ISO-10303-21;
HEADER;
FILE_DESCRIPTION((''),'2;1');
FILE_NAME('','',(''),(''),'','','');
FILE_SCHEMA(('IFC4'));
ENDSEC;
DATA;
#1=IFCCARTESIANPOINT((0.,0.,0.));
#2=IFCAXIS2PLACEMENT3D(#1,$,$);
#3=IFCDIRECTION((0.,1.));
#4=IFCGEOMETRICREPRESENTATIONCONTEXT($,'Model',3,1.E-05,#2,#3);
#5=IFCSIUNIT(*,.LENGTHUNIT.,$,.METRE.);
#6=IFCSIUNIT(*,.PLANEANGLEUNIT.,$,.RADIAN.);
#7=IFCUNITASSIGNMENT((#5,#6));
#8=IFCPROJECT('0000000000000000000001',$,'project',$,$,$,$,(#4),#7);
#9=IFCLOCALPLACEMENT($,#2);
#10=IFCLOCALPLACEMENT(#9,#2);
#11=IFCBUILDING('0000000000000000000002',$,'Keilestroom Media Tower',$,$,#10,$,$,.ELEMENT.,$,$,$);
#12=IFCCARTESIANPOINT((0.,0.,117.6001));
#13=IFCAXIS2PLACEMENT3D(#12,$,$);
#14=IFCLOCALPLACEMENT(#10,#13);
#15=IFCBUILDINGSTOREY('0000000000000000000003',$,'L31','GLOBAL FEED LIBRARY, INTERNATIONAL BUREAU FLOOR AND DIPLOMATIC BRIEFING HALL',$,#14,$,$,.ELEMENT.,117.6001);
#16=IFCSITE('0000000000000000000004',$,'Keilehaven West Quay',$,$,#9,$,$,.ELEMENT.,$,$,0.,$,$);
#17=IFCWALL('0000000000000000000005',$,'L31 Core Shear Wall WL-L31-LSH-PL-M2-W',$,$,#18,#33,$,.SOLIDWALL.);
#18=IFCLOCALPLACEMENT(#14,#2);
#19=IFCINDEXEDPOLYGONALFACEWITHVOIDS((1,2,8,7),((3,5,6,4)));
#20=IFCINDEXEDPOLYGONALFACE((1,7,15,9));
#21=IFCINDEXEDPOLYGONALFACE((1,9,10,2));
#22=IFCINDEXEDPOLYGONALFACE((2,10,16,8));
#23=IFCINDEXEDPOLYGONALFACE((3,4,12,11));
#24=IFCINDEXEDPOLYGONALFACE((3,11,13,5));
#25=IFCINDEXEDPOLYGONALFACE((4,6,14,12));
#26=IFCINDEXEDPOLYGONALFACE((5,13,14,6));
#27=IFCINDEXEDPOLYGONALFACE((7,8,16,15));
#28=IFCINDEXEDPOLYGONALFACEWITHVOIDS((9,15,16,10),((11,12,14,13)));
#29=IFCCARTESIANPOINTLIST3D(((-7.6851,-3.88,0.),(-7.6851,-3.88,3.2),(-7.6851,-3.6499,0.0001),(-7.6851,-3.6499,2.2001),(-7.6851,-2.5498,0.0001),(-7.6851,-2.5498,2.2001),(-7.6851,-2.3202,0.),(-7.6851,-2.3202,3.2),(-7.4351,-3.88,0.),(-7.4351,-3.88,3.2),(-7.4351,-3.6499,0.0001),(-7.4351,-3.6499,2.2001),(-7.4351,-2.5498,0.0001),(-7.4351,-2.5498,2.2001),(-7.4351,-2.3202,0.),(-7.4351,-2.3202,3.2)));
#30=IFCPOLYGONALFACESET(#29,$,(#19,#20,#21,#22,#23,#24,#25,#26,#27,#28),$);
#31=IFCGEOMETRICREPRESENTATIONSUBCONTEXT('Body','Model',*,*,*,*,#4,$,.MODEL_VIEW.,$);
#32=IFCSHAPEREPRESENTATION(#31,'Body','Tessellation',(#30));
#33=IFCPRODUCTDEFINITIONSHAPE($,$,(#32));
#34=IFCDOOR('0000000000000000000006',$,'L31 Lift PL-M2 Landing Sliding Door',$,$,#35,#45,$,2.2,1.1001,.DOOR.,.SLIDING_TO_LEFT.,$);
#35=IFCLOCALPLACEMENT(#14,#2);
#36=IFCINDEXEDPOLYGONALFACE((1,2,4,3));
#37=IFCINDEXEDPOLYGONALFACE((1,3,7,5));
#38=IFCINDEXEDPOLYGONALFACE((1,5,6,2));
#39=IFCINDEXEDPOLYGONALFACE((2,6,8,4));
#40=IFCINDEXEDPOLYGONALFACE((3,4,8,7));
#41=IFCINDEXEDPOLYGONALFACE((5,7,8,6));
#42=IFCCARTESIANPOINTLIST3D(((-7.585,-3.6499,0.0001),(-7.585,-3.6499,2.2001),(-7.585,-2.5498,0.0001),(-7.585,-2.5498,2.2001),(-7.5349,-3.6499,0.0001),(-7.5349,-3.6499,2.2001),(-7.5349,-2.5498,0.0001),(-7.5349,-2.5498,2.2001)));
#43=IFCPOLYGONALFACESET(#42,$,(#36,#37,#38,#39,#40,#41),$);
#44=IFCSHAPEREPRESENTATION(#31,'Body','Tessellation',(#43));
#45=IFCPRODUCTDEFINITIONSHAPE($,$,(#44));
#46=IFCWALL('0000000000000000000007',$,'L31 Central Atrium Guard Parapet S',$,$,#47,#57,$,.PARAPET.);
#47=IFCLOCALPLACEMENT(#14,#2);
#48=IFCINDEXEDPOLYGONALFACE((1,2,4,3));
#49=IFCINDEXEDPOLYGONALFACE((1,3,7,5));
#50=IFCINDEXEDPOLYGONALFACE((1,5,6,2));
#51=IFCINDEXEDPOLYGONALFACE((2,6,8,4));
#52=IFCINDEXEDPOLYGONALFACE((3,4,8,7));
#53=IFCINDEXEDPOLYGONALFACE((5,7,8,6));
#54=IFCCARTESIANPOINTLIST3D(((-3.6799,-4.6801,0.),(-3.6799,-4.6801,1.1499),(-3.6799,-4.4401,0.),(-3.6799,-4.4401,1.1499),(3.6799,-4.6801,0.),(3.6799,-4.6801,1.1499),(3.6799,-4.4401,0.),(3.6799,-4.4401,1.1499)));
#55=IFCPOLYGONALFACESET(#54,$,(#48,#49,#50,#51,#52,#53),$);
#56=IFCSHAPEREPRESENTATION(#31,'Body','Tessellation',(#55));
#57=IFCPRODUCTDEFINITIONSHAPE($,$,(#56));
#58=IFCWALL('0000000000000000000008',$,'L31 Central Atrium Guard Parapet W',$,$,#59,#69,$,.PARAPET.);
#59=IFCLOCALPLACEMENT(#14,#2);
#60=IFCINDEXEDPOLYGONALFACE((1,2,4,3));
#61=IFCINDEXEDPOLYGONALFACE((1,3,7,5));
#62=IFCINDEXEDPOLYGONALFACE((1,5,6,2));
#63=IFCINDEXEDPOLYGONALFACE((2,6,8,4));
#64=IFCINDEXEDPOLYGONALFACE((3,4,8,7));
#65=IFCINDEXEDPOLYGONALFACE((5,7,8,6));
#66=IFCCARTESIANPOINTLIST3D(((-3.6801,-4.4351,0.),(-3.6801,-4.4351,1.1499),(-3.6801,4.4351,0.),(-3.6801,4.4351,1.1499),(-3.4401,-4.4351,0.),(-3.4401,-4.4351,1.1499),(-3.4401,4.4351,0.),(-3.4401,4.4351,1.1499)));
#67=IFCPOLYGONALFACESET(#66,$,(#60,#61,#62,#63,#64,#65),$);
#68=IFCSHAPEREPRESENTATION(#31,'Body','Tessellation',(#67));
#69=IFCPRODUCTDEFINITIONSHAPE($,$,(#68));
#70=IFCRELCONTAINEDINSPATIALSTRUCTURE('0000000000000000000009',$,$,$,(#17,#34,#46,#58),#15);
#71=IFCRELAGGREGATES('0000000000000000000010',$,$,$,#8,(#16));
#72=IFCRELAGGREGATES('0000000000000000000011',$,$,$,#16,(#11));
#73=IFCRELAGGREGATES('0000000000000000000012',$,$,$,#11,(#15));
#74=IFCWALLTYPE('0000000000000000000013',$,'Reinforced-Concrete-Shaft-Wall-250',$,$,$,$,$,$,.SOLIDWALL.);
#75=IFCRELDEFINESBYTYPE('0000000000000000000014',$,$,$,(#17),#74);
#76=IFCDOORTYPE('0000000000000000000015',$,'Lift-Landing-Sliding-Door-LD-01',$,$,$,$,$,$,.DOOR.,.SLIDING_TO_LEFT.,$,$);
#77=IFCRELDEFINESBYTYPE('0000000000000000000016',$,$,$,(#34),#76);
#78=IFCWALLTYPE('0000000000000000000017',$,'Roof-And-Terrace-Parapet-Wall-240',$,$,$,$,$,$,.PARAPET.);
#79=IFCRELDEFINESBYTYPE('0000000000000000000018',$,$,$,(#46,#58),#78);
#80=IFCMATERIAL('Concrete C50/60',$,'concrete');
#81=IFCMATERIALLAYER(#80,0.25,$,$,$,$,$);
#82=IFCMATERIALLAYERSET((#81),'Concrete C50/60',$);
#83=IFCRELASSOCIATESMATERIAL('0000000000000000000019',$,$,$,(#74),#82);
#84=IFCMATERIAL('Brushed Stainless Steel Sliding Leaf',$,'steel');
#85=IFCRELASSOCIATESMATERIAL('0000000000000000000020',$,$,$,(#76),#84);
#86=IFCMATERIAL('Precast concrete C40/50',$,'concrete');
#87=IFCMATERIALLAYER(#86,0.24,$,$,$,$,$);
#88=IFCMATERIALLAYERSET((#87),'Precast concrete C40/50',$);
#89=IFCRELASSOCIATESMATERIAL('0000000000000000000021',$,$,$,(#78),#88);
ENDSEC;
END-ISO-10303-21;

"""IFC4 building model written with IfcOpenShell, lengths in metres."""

from ifc_helpers import new_model, si_unit, direction, frame, frame_2d, origin, place, context, subcontext, project, spatial, rectangle, extrude, source, transform, mapped, material, layer, layer_set, type_object, element, fill, save


model = new_model("IFC4")

# Units and contexts
model_context = context("Model", 3, precision=1e-05, world=origin(), true_north=direction((0.0, 1.0)))
body_context = subcontext(model_context, "Body", "Model", "MODEL_VIEW")
ifc_project = project(units=[si_unit("LENGTHUNIT", "METRE"), si_unit("PLANEANGLEUNIT", "RADIAN")], contexts=[model_context])

# Site, building, storey
site_placement = place(None, origin())
site = spatial("IfcSite", under=ifc_project, at=site_placement, Name="Keilehaven West Quay", CompositionType="ELEMENT", RefElevation=0.0)
building_placement = place(site_placement, origin())
building = spatial("IfcBuilding", under=site, at=building_placement, Name="Keilestroom Media Tower", CompositionType="ELEMENT")
storey_placement = place(building_placement, frame((0.0, 0.0, 117.6001)))
storey = spatial("IfcBuildingStorey", under=building, at=storey_placement, Name="L31", Description="GLOBAL FEED LIBRARY, INTERNATIONAL BUREAU FLOOR AND DIPLOMATIC BRIEFING HALL", CompositionType="ELEMENT", Elevation=117.6001)

# Shared definitions
ifc_material_1 = material(Name="Precast concrete C40/50", Category="concrete")

# Shared definitions
ifc_material_2 = material(Name="Concrete C50/60", Category="concrete")
ifc_layer_1 = layer(ifc_material_2, 0.25)
ifc_layer_set_1 = layer_set([ifc_layer_1], Name="Concrete C50/60")
wall_type_1 = type_object("IfcWallType", Name="Reinforced-Concrete-Shaft-Wall-250", PredefinedType="SOLIDWALL", material=ifc_layer_set_1)

# Shared definitions
ifc_material_3 = material(Name="Brushed Stainless Steel Sliding Leaf", Category="steel")

# Shared definitions
door_type_1 = type_object("IfcDoorType", Name="Lift-Landing-Sliding-Door-LD-01", OperationType="SLIDING_TO_LEFT", PredefinedType="DOOR", material=ifc_material_3)
shared_shape_1 = source(origin(), body_context, "Body", "SweptSolid", [
    extrude(rectangle(XDim=1.1001, YDim=2.2, at=frame_2d((0.55, 1.1001))), frame((0.0, 0.0249, 0.0), z_axis=(0.0, -1.0, 0.0), x_axis=(1.0, 0.0, 0.0)), (0.0, 0.0, 1.0), 0.05),
])

# Wall, opening, door
wall_1_placement = place(storey_placement, frame((-7.5601, -3.8799, 0.0), z_axis=(0.0, 0.0, 1.0), x_axis=(0.0, 1.0, 0.0)))
wall_1 = element("IfcWall", 1, at=wall_1_placement, inside=storey, type_object=wall_type_1, Name="L31 Core Shear Wall WL-L31-LSH-PL-M2-W", PredefinedType="SOLIDWALL", context=body_context, shape_type="SweptSolid", body=[
    extrude(rectangle(XDim=1.5598, YDim=0.25, at=frame_2d((0.7798, 0.0))), origin(), (0.0, 0.0, 1.0), 3.2),
])
opening_1_placement = place(wall_1_placement, frame((0.23, 0.0, 0.0)))
opening_1 = element("IfcOpeningElement", 2, at=opening_1_placement, cuts=wall_1, PredefinedType="OPENING", context=body_context, shape_type="SweptSolid", body=[
    extrude(rectangle(XDim=1.1001, YDim=2.2, at=frame_2d((0.55, 1.1001))), frame((0.0, 0.135, 0.0), z_axis=(0.0, -1.0, 0.0), x_axis=(1.0, 0.0, 0.0)), (0.0, 0.0, 1.0), 0.27),
])
door_1_placement = place(opening_1_placement, origin())
door_1 = element("IfcDoor", 3, at=door_1_placement, inside=storey, type_object=door_type_1, Name="L31 Lift PL-M2 Landing Sliding Door", OperationType="SLIDING_TO_LEFT", OverallHeight=2.2, OverallWidth=1.1001, PredefinedType="DOOR", context=body_context, shape_type="MappedRepresentation", body=[
    mapped(shared_shape_1, transform((0.0, 0.0, 0.0), x_axis=(1.0, 0.0, 0.0), y_axis=(0.0, 1.0, 0.0), z_axis=(0.0, 0.0, 1.0), scale=1.0)),
])
fill(opening_1, door_1)

# Walls
ifc_layer_2 = layer(ifc_material_1, 0.24)
ifc_layer_set_2 = layer_set([ifc_layer_2], Name="Precast concrete C40/50")
wall_type_2 = type_object("IfcWallType", Name="Roof-And-Terrace-Parapet-Wall-240", PredefinedType="PARAPET", material=ifc_layer_set_2)
wall_2_placement = place(storey_placement, frame((-3.6799, -4.5601, 0.0), z_axis=(0.0, 0.0, 1.0), x_axis=(1.0, 0.0, 0.0)))
element("IfcWall", 4, at=wall_2_placement, inside=storey, type_object=wall_type_2, Name="L31 Central Atrium Guard Parapet S", PredefinedType="PARAPET", context=body_context, shape_type="SweptSolid", body=[
    extrude(rectangle(XDim=7.3599, YDim=0.24, at=frame_2d((3.6799, 0.0))), origin(), (0.0, 0.0, 1.0), 1.1499),
])
wall_3_placement = place(storey_placement, frame((-3.5601, -4.4351, 0.0), z_axis=(0.0, 0.0, 1.0), x_axis=(0.0, 1.0, 0.0)))
element("IfcWall", 5, at=wall_3_placement, inside=storey, type_object=wall_type_2, Name="L31 Central Atrium Guard Parapet W", PredefinedType="PARAPET", context=body_context, shape_type="SweptSolid", body=[
    extrude(rectangle(XDim=8.8701, YDim=0.24, at=frame_2d((4.4351, 0.0))), origin(), (0.0, 0.0, 1.0), 1.1499),
])

save(model, "model.ifc")
